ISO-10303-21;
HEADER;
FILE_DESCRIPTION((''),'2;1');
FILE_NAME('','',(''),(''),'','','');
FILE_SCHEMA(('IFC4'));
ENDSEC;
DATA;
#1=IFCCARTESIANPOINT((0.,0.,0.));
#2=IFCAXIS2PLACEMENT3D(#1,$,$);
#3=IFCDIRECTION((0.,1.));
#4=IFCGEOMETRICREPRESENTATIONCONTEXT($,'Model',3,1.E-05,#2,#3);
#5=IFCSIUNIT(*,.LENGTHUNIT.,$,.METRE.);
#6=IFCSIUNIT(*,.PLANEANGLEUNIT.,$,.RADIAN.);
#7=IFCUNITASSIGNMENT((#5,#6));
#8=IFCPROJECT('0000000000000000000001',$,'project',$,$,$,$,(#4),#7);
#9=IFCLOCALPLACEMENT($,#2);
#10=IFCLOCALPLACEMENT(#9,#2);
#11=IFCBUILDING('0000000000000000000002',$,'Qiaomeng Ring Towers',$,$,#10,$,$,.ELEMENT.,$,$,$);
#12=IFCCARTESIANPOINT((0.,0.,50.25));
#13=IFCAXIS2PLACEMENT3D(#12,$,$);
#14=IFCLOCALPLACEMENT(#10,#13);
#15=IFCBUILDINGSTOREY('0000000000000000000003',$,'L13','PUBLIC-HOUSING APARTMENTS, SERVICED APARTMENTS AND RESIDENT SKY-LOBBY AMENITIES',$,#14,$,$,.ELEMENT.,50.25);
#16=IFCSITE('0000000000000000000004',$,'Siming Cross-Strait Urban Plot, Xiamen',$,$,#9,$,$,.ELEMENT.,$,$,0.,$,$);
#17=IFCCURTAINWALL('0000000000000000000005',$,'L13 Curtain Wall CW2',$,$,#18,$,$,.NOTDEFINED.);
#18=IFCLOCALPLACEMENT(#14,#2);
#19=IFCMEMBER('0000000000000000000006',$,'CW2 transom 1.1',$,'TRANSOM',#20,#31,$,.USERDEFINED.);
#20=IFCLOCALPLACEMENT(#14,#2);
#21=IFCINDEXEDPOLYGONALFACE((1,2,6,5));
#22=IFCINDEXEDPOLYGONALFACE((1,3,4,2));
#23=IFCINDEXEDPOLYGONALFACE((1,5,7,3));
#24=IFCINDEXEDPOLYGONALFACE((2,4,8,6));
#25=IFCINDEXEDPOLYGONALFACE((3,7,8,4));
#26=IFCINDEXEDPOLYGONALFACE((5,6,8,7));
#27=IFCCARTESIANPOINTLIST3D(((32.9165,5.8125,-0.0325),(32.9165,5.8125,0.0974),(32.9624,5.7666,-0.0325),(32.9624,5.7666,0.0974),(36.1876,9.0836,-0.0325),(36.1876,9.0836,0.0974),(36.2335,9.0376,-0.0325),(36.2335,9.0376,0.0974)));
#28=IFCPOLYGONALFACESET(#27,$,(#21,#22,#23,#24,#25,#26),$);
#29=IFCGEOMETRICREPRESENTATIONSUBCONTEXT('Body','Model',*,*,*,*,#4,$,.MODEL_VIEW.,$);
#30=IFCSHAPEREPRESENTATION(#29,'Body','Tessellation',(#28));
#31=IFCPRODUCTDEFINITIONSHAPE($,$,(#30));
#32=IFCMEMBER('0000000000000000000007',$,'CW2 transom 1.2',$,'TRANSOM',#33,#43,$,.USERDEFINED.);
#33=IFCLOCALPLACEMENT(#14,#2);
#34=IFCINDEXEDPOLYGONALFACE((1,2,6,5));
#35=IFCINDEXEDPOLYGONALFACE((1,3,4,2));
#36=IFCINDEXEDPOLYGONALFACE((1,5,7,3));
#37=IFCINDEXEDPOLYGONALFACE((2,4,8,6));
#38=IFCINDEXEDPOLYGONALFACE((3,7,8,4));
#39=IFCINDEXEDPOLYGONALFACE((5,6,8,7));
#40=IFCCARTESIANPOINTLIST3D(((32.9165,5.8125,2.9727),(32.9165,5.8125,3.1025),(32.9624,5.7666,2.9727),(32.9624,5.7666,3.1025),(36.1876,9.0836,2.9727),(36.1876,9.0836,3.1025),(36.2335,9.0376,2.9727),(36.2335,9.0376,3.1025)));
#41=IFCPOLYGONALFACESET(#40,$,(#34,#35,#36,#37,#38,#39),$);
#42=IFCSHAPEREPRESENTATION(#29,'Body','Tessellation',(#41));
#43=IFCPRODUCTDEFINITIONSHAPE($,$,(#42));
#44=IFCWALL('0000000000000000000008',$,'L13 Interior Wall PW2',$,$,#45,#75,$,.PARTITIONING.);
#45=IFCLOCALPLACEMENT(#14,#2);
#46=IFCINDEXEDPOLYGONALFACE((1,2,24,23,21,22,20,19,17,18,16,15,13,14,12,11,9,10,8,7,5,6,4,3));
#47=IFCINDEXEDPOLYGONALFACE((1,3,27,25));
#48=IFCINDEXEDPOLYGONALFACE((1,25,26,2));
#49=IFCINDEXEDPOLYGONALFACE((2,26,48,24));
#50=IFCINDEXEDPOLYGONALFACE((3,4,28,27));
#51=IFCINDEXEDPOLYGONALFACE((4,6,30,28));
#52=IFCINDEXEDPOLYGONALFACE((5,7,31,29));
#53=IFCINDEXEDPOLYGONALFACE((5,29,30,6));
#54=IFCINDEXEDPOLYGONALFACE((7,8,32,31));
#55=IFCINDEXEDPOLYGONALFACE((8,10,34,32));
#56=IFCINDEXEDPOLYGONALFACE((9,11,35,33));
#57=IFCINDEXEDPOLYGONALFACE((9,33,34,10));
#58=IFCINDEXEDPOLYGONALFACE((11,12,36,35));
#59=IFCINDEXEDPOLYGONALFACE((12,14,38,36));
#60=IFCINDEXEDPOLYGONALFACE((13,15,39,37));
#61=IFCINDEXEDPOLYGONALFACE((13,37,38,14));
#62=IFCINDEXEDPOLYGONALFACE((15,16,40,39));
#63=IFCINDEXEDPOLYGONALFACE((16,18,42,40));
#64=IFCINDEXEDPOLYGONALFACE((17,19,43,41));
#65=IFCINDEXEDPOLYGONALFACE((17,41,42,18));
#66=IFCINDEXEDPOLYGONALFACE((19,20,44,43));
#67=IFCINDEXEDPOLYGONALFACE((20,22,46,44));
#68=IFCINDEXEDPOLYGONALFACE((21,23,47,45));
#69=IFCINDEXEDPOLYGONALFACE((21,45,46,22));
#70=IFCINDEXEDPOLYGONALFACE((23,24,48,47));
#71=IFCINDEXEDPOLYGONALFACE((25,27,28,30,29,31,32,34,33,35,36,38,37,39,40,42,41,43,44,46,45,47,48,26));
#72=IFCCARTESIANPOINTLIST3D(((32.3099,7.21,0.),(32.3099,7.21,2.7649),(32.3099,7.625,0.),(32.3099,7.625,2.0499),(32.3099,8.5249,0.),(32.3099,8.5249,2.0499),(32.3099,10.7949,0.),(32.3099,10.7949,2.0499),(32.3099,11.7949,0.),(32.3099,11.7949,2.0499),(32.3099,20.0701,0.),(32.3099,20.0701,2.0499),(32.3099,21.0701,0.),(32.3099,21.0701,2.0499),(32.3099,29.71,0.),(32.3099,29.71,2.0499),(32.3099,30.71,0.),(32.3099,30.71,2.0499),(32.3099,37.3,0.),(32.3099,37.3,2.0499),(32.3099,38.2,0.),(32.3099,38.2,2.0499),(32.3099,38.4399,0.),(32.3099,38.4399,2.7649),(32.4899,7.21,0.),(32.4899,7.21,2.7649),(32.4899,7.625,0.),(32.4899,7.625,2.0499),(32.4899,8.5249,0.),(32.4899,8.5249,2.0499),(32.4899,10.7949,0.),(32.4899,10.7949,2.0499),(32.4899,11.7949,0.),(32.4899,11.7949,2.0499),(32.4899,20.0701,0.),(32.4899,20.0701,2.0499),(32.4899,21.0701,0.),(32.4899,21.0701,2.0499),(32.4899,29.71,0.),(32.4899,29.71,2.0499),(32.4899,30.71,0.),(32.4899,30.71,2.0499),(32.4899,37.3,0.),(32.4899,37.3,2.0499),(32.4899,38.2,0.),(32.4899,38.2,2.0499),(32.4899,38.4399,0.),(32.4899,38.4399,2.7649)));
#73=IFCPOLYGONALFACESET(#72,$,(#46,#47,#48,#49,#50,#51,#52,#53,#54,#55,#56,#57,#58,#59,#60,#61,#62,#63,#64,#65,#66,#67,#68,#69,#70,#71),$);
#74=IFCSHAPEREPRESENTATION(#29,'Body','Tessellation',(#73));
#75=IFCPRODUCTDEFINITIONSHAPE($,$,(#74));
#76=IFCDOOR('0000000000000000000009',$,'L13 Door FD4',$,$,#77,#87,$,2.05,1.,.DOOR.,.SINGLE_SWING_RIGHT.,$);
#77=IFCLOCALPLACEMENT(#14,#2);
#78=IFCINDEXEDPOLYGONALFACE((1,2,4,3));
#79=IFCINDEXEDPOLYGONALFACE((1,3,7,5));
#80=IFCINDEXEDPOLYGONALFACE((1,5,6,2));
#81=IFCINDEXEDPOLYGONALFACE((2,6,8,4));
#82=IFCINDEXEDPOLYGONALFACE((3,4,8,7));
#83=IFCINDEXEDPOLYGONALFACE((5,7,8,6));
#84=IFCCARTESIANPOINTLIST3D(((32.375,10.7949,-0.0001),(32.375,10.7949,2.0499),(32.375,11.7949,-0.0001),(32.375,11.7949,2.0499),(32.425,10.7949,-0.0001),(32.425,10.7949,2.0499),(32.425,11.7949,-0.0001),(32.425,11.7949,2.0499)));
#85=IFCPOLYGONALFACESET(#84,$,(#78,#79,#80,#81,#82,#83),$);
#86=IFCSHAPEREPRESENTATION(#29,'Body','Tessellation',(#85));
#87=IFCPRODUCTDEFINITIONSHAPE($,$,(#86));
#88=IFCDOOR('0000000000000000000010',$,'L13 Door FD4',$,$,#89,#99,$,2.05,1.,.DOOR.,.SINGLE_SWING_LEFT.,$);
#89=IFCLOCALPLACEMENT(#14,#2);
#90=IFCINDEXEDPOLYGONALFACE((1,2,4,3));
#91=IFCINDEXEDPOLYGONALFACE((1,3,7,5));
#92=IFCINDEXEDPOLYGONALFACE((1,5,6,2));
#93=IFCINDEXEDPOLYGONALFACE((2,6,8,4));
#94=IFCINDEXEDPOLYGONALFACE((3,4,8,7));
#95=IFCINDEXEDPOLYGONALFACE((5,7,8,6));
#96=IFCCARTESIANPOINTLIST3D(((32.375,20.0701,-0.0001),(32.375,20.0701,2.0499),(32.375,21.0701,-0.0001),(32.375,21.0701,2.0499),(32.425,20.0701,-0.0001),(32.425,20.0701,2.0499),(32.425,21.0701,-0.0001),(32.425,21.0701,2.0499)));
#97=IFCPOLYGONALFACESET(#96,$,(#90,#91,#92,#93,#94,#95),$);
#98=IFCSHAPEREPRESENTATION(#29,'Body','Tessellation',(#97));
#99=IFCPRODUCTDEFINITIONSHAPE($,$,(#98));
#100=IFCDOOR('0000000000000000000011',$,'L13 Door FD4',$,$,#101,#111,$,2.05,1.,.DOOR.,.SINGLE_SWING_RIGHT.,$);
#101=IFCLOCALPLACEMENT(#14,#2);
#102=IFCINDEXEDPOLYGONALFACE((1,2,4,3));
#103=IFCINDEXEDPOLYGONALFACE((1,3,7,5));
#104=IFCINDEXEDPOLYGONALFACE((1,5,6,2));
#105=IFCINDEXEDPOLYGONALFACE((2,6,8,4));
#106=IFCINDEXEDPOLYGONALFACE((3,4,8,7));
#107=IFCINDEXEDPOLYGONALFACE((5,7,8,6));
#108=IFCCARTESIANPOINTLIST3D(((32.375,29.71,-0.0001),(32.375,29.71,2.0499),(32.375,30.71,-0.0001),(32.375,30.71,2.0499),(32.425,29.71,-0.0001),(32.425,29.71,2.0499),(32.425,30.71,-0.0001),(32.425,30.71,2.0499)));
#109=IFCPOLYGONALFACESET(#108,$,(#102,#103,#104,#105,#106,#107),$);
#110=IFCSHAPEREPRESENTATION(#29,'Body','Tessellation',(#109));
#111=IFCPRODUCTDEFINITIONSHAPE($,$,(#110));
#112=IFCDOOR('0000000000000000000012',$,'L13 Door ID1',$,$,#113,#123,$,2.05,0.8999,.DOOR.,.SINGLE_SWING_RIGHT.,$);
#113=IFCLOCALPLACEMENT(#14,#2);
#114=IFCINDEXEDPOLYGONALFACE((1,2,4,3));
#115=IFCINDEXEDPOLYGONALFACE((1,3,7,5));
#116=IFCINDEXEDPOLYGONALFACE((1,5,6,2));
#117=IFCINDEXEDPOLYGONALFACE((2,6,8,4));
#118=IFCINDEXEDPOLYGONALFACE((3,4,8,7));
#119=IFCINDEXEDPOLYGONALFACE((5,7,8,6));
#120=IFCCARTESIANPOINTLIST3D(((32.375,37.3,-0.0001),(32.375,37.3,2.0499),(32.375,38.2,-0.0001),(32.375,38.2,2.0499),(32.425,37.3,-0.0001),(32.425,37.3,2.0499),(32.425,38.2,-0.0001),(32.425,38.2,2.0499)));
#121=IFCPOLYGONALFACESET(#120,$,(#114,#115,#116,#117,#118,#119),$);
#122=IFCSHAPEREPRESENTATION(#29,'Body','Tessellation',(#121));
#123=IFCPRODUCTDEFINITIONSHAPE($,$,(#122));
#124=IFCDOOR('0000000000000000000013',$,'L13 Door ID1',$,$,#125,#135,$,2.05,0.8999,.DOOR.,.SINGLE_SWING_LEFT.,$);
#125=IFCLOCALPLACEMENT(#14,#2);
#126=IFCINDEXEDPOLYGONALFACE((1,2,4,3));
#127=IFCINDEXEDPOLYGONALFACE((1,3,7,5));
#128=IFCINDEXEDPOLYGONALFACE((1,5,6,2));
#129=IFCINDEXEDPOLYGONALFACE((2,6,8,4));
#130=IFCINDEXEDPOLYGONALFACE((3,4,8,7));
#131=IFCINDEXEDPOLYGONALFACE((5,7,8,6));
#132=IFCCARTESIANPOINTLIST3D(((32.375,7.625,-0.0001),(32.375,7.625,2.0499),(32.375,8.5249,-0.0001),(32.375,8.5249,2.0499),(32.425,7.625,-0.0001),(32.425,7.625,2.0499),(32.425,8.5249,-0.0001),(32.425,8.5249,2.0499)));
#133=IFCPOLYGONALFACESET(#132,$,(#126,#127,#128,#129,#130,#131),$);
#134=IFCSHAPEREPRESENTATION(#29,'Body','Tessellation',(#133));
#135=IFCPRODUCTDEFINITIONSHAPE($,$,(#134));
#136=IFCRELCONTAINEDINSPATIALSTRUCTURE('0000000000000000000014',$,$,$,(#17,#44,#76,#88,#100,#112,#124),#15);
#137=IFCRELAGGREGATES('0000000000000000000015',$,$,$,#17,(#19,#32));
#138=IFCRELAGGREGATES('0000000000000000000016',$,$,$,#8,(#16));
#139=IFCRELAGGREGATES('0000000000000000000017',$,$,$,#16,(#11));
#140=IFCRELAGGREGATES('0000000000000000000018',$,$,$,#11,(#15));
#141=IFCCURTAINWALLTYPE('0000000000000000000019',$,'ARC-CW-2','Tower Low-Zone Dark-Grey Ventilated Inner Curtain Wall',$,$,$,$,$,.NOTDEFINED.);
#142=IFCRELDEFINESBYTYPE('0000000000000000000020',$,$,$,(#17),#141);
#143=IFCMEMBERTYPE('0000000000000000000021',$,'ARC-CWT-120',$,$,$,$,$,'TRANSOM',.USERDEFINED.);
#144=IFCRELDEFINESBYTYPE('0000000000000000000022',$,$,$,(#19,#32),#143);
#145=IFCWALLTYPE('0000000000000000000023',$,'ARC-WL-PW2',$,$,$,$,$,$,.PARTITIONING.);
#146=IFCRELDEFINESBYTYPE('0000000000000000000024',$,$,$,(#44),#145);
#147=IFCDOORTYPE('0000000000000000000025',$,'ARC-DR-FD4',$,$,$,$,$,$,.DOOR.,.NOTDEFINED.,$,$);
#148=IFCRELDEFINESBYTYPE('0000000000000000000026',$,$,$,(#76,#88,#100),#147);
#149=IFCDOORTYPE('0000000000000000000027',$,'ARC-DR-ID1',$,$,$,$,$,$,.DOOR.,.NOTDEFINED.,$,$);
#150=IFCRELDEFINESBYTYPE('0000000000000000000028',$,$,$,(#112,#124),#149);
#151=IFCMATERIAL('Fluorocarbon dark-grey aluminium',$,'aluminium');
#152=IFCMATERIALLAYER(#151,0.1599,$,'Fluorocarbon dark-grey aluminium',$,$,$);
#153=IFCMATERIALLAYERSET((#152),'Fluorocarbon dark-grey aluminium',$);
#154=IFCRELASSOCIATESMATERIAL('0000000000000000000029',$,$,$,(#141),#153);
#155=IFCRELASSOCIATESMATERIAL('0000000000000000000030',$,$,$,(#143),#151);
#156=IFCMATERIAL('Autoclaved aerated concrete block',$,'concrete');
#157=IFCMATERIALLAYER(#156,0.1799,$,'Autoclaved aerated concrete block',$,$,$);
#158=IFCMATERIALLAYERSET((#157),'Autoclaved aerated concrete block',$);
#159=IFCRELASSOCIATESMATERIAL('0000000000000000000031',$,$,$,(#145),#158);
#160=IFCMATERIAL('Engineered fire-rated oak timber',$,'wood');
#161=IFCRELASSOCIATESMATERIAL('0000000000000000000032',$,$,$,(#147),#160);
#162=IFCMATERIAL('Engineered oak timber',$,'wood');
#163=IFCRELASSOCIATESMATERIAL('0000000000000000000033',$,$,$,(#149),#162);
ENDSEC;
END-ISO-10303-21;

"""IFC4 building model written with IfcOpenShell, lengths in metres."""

from ifc_helpers import new_model, si_unit, direction, frame, frame_2d, origin, origin_2d, place, context, subcontext, project, spatial, rectangle, extrude, source, transform, mapped, material, layer, layer_set, material_profile, profile_set, type_object, element, fill, aggregate, save


model = new_model("IFC4")

# Units and contexts
model_context = context("Model", 3, precision=1e-05, world=origin(), true_north=direction((0.0, 1.0)))
body_context = subcontext(model_context, "Body", "Model", "MODEL_VIEW")
ifc_project = project(units=[si_unit("LENGTHUNIT", "METRE"), si_unit("PLANEANGLEUNIT", "RADIAN")], contexts=[model_context])

# Site, building, storey
site_placement = place(None, origin())
site = spatial("IfcSite", under=ifc_project, at=site_placement, Name="Siming Cross-Strait Urban Plot, Xiamen", CompositionType="ELEMENT", RefElevation=0.0)
building_placement = place(site_placement, origin())
building = spatial("IfcBuilding", under=site, at=building_placement, Name="Qiaomeng Ring Towers", CompositionType="ELEMENT")
storey_placement = place(building_placement, frame((0.0, 0.0, 50.25)))
storey = spatial("IfcBuildingStorey", under=building, at=storey_placement, Name="L13", Description="PUBLIC-HOUSING APARTMENTS, SERVICED APARTMENTS AND RESIDENT SKY-LOBBY AMENITIES", CompositionType="ELEMENT", Elevation=50.25)

# Curtain wall, members
ifc_material_1 = material(Name="Fluorocarbon dark-grey aluminium", Category="aluminium")
ifc_layer_1 = layer(ifc_material_1, 0.1599, Name="Fluorocarbon dark-grey aluminium")
ifc_layer_set_1 = layer_set([ifc_layer_1], Name="Fluorocarbon dark-grey aluminium")
curtain_wall_type = type_object("IfcCurtainWallType", Name="ARC-CW-2", Description="Tower Low-Zone Dark-Grey Ventilated Inner Curtain Wall", PredefinedType="NOTDEFINED", material=ifc_layer_set_1)
curtain_wall_placement = place(storey_placement, origin())
curtain_wall = element("IfcCurtainWall", 1, at=curtain_wall_placement, inside=storey, type_object=curtain_wall_type, Name="L13 Curtain Wall CW2", PredefinedType="NOTDEFINED")
ifc_material_profile_1 = material_profile(ifc_material_1, rectangle(XDim=0.0649, YDim=0.1299, at=origin_2d()), Name="ALU TRAN 65x130")
ifc_profile_set_1 = profile_set([ifc_material_profile_1], Name="Fluorocarbon dark-grey aluminium")
member_type_1 = type_object("IfcMemberType", Name="ARC-CWT-120", ElementType="TRANSOM", PredefinedType="USERDEFINED", material=ifc_profile_set_1)
shared_shape_1 = source(origin(), body_context, "Body", "SweptSolid", [
    extrude(rectangle(XDim=0.0649, YDim=0.1299, at=origin_2d()), origin(), (0.0, 0.0, 1.0), 4.626),
])
member_1_placement = place(storey_placement, frame((32.9395, 5.7896, 0.0325), z_axis=(0.707107, 0.707107, 0.0), x_axis=(-0.707107, 0.707107, 0.0)))
member_1 = element("IfcMember", 2, at=member_1_placement, type_object=member_type_1, Name="CW2 transom 1.1", ObjectType="TRANSOM", PredefinedType="USERDEFINED", context=body_context, shape_type="MappedRepresentation", body=[
    mapped(shared_shape_1, transform((0.0, 0.0, 0.0), x_axis=(1.0, 0.0, 0.0), y_axis=(0.0, 1.0, 0.0), z_axis=(0.0, 0.0, 1.0), scale=1.0)),
])
member_2_placement = place(storey_placement, frame((32.9395, 5.7896, 3.0376), z_axis=(0.707107, 0.707107, 0.0), x_axis=(-0.707107, 0.707107, 0.0)))
member_2 = element("IfcMember", 3, at=member_2_placement, type_object=member_type_1, Name="CW2 transom 1.2", ObjectType="TRANSOM", PredefinedType="USERDEFINED", context=body_context, shape_type="MappedRepresentation", body=[
    mapped(shared_shape_1, transform((0.0, 0.0, 0.0), x_axis=(1.0, 0.0, 0.0), y_axis=(0.0, 1.0, 0.0), z_axis=(0.0, 0.0, 1.0), scale=1.0)),
])
aggregate(curtain_wall, [member_1, member_2])

# Wall, openings, doors
ifc_material_2 = material(Name="Autoclaved aerated concrete block", Category="concrete")
ifc_layer_2 = layer(ifc_material_2, 0.1799, Name="Autoclaved aerated concrete block")
ifc_layer_set_2 = layer_set([ifc_layer_2], Name="Autoclaved aerated concrete block")
wall_type_1 = type_object("IfcWallType", Name="ARC-WL-PW2", PredefinedType="PARTITIONING", material=ifc_layer_set_2)
wall_1_placement = place(storey_placement, frame((32.3999, 7.21, 0.0), z_axis=(0.0, 0.0, 1.0), x_axis=(0.0, 1.0, 0.0)))
wall_1 = element("IfcWall", 4, at=wall_1_placement, inside=storey, type_object=wall_type_1, Name="L13 Interior Wall PW2", PredefinedType="PARTITIONING", context=body_context, shape_type="SweptSolid", body=[
    extrude(rectangle(XDim=31.23, YDim=0.1799, at=frame_2d((15.615, 0.0))), origin(), (0.0, 0.0, 1.0), 2.7649),
])
opening_1_placement = place(wall_1_placement, frame((30.0901, 0.0, 0.0)))
opening_1 = element("IfcOpeningElement", 5, at=opening_1_placement, cuts=wall_1, PredefinedType="OPENING", context=body_context, shape_type="SweptSolid", body=[
    extrude(rectangle(XDim=0.8999, YDim=2.05, at=frame_2d((0.45, 1.0249))), frame((0.0, 0.0999, 0.0), z_axis=(0.0, -1.0, 0.0), x_axis=(1.0, 0.0, 0.0)), (0.0, 0.0, 1.0), 0.2),
])
opening_2_placement = place(wall_1_placement, frame((0.415, 0.0, 0.0)))
opening_2 = element("IfcOpeningElement", 6, at=opening_2_placement, cuts=wall_1, PredefinedType="OPENING", context=body_context, shape_type="SweptSolid", body=[
    extrude(rectangle(XDim=0.8999, YDim=2.05, at=frame_2d((0.45, 1.0249))), frame((0.0, 0.0999, 0.0), z_axis=(0.0, -1.0, 0.0), x_axis=(1.0, 0.0, 0.0)), (0.0, 0.0, 1.0), 0.2),
])
opening_3_placement = place(wall_1_placement, frame((3.585, 0.0, 0.0)))
opening_3 = element("IfcOpeningElement", 7, at=opening_3_placement, cuts=wall_1, PredefinedType="OPENING", context=body_context, shape_type="SweptSolid", body=[
    extrude(rectangle(XDim=1.0, YDim=2.05, at=frame_2d((0.5, 1.0249))), frame((0.0, 0.0999, 0.0), z_axis=(0.0, -1.0, 0.0), x_axis=(1.0, 0.0, 0.0)), (0.0, 0.0, 1.0), 0.2),
])
opening_4_placement = place(wall_1_placement, frame((12.8601, 0.0, 0.0)))
opening_4 = element("IfcOpeningElement", 8, at=opening_4_placement, cuts=wall_1, PredefinedType="OPENING", context=body_context, shape_type="SweptSolid", body=[
    extrude(rectangle(XDim=1.0, YDim=2.05, at=frame_2d((0.5, 1.0249))), frame((0.0, 0.0999, 0.0), z_axis=(0.0, -1.0, 0.0), x_axis=(1.0, 0.0, 0.0)), (0.0, 0.0, 1.0), 0.2),
])
opening_5_placement = place(wall_1_placement, frame((22.5, 0.0, 0.0)))
opening_5 = element("IfcOpeningElement", 9, at=opening_5_placement, cuts=wall_1, PredefinedType="OPENING", context=body_context, shape_type="SweptSolid", body=[
    extrude(rectangle(XDim=1.0, YDim=2.05, at=frame_2d((0.5, 1.0249))), frame((0.0, 0.0999, 0.0), z_axis=(0.0, -1.0, 0.0), x_axis=(1.0, 0.0, 0.0)), (0.0, 0.0, 1.0), 0.2),
])
ifc_material_3 = material(Name="Engineered fire-rated oak timber", Category="wood")
door_type_1 = type_object("IfcDoorType", Name="ARC-DR-FD4", OperationType="NOTDEFINED", PredefinedType="DOOR", material=ifc_material_3)
shared_shape_2 = source(origin(), body_context, "Body", "SweptSolid", [
    extrude(rectangle(XDim=1.0, YDim=2.05, at=frame_2d((0.5, 1.0249))), frame((0.0, 0.0249, 0.0), z_axis=(0.0, -1.0, 0.0), x_axis=(1.0, 0.0, 0.0)), (0.0, 0.0, 1.0), 0.05),
])
door_1_placement = place(opening_3_placement, origin())
door_1 = element("IfcDoor", 10, at=door_1_placement, inside=storey, type_object=door_type_1, Name="L13 Door FD4", OperationType="SINGLE_SWING_RIGHT", OverallHeight=2.05, OverallWidth=1.0, PredefinedType="DOOR", context=body_context, shape_type="MappedRepresentation", body=[
    mapped(shared_shape_2, transform((0.0, 0.0, 0.0), x_axis=(1.0, 0.0, 0.0), y_axis=(0.0, 1.0, 0.0), z_axis=(0.0, 0.0, 1.0), scale=1.0)),
])
fill(opening_3, door_1)
door_2_placement = place(opening_4_placement, origin())
door_2 = element("IfcDoor", 11, at=door_2_placement, inside=storey, type_object=door_type_1, Name="L13 Door FD4", OperationType="SINGLE_SWING_LEFT", OverallHeight=2.05, OverallWidth=1.0, PredefinedType="DOOR", context=body_context, shape_type="MappedRepresentation", body=[
    mapped(shared_shape_2, transform((0.0, 0.0, 0.0), x_axis=(1.0, 0.0, 0.0), y_axis=(0.0, 1.0, 0.0), z_axis=(0.0, 0.0, 1.0), scale=1.0)),
])
fill(opening_4, door_2)
door_3_placement = place(opening_5_placement, origin())
door_3 = element("IfcDoor", 12, at=door_3_placement, inside=storey, type_object=door_type_1, Name="L13 Door FD4", OperationType="SINGLE_SWING_RIGHT", OverallHeight=2.05, OverallWidth=1.0, PredefinedType="DOOR", context=body_context, shape_type="MappedRepresentation", body=[
    mapped(shared_shape_2, transform((0.0, 0.0, 0.0), x_axis=(1.0, 0.0, 0.0), y_axis=(0.0, 1.0, 0.0), z_axis=(0.0, 0.0, 1.0), scale=1.0)),
])
fill(opening_5, door_3)
ifc_material_4 = material(Name="Engineered oak timber", Category="wood")
door_type_2 = type_object("IfcDoorType", Name="ARC-DR-ID1", OperationType="NOTDEFINED", PredefinedType="DOOR", material=ifc_material_4)
shared_shape_3 = source(origin(), body_context, "Body", "SweptSolid", [
    extrude(rectangle(XDim=0.8999, YDim=2.05, at=frame_2d((0.45, 1.0249))), frame((0.0, 0.0249, 0.0), z_axis=(0.0, -1.0, 0.0), x_axis=(1.0, 0.0, 0.0)), (0.0, 0.0, 1.0), 0.05),
])
door_4_placement = place(opening_1_placement, origin())
door_4 = element("IfcDoor", 13, at=door_4_placement, inside=storey, type_object=door_type_2, Name="L13 Door ID1", OperationType="SINGLE_SWING_RIGHT", OverallHeight=2.05, OverallWidth=0.8999, PredefinedType="DOOR", context=body_context, shape_type="MappedRepresentation", body=[
    mapped(shared_shape_3, transform((0.0, 0.0, 0.0), x_axis=(1.0, 0.0, 0.0), y_axis=(0.0, 1.0, 0.0), z_axis=(0.0, 0.0, 1.0), scale=1.0)),
])
fill(opening_1, door_4)
door_5_placement = place(opening_2_placement, origin())
door_5 = element("IfcDoor", 14, at=door_5_placement, inside=storey, type_object=door_type_2, Name="L13 Door ID1", OperationType="SINGLE_SWING_LEFT", OverallHeight=2.05, OverallWidth=0.8999, PredefinedType="DOOR", context=body_context, shape_type="MappedRepresentation", body=[
    mapped(shared_shape_3, transform((0.0, 0.0, 0.0), x_axis=(1.0, 0.0, 0.0), y_axis=(0.0, 1.0, 0.0), z_axis=(0.0, 0.0, 1.0), scale=1.0)),
])
fill(opening_2, door_5)

save(model, "model.ifc")
